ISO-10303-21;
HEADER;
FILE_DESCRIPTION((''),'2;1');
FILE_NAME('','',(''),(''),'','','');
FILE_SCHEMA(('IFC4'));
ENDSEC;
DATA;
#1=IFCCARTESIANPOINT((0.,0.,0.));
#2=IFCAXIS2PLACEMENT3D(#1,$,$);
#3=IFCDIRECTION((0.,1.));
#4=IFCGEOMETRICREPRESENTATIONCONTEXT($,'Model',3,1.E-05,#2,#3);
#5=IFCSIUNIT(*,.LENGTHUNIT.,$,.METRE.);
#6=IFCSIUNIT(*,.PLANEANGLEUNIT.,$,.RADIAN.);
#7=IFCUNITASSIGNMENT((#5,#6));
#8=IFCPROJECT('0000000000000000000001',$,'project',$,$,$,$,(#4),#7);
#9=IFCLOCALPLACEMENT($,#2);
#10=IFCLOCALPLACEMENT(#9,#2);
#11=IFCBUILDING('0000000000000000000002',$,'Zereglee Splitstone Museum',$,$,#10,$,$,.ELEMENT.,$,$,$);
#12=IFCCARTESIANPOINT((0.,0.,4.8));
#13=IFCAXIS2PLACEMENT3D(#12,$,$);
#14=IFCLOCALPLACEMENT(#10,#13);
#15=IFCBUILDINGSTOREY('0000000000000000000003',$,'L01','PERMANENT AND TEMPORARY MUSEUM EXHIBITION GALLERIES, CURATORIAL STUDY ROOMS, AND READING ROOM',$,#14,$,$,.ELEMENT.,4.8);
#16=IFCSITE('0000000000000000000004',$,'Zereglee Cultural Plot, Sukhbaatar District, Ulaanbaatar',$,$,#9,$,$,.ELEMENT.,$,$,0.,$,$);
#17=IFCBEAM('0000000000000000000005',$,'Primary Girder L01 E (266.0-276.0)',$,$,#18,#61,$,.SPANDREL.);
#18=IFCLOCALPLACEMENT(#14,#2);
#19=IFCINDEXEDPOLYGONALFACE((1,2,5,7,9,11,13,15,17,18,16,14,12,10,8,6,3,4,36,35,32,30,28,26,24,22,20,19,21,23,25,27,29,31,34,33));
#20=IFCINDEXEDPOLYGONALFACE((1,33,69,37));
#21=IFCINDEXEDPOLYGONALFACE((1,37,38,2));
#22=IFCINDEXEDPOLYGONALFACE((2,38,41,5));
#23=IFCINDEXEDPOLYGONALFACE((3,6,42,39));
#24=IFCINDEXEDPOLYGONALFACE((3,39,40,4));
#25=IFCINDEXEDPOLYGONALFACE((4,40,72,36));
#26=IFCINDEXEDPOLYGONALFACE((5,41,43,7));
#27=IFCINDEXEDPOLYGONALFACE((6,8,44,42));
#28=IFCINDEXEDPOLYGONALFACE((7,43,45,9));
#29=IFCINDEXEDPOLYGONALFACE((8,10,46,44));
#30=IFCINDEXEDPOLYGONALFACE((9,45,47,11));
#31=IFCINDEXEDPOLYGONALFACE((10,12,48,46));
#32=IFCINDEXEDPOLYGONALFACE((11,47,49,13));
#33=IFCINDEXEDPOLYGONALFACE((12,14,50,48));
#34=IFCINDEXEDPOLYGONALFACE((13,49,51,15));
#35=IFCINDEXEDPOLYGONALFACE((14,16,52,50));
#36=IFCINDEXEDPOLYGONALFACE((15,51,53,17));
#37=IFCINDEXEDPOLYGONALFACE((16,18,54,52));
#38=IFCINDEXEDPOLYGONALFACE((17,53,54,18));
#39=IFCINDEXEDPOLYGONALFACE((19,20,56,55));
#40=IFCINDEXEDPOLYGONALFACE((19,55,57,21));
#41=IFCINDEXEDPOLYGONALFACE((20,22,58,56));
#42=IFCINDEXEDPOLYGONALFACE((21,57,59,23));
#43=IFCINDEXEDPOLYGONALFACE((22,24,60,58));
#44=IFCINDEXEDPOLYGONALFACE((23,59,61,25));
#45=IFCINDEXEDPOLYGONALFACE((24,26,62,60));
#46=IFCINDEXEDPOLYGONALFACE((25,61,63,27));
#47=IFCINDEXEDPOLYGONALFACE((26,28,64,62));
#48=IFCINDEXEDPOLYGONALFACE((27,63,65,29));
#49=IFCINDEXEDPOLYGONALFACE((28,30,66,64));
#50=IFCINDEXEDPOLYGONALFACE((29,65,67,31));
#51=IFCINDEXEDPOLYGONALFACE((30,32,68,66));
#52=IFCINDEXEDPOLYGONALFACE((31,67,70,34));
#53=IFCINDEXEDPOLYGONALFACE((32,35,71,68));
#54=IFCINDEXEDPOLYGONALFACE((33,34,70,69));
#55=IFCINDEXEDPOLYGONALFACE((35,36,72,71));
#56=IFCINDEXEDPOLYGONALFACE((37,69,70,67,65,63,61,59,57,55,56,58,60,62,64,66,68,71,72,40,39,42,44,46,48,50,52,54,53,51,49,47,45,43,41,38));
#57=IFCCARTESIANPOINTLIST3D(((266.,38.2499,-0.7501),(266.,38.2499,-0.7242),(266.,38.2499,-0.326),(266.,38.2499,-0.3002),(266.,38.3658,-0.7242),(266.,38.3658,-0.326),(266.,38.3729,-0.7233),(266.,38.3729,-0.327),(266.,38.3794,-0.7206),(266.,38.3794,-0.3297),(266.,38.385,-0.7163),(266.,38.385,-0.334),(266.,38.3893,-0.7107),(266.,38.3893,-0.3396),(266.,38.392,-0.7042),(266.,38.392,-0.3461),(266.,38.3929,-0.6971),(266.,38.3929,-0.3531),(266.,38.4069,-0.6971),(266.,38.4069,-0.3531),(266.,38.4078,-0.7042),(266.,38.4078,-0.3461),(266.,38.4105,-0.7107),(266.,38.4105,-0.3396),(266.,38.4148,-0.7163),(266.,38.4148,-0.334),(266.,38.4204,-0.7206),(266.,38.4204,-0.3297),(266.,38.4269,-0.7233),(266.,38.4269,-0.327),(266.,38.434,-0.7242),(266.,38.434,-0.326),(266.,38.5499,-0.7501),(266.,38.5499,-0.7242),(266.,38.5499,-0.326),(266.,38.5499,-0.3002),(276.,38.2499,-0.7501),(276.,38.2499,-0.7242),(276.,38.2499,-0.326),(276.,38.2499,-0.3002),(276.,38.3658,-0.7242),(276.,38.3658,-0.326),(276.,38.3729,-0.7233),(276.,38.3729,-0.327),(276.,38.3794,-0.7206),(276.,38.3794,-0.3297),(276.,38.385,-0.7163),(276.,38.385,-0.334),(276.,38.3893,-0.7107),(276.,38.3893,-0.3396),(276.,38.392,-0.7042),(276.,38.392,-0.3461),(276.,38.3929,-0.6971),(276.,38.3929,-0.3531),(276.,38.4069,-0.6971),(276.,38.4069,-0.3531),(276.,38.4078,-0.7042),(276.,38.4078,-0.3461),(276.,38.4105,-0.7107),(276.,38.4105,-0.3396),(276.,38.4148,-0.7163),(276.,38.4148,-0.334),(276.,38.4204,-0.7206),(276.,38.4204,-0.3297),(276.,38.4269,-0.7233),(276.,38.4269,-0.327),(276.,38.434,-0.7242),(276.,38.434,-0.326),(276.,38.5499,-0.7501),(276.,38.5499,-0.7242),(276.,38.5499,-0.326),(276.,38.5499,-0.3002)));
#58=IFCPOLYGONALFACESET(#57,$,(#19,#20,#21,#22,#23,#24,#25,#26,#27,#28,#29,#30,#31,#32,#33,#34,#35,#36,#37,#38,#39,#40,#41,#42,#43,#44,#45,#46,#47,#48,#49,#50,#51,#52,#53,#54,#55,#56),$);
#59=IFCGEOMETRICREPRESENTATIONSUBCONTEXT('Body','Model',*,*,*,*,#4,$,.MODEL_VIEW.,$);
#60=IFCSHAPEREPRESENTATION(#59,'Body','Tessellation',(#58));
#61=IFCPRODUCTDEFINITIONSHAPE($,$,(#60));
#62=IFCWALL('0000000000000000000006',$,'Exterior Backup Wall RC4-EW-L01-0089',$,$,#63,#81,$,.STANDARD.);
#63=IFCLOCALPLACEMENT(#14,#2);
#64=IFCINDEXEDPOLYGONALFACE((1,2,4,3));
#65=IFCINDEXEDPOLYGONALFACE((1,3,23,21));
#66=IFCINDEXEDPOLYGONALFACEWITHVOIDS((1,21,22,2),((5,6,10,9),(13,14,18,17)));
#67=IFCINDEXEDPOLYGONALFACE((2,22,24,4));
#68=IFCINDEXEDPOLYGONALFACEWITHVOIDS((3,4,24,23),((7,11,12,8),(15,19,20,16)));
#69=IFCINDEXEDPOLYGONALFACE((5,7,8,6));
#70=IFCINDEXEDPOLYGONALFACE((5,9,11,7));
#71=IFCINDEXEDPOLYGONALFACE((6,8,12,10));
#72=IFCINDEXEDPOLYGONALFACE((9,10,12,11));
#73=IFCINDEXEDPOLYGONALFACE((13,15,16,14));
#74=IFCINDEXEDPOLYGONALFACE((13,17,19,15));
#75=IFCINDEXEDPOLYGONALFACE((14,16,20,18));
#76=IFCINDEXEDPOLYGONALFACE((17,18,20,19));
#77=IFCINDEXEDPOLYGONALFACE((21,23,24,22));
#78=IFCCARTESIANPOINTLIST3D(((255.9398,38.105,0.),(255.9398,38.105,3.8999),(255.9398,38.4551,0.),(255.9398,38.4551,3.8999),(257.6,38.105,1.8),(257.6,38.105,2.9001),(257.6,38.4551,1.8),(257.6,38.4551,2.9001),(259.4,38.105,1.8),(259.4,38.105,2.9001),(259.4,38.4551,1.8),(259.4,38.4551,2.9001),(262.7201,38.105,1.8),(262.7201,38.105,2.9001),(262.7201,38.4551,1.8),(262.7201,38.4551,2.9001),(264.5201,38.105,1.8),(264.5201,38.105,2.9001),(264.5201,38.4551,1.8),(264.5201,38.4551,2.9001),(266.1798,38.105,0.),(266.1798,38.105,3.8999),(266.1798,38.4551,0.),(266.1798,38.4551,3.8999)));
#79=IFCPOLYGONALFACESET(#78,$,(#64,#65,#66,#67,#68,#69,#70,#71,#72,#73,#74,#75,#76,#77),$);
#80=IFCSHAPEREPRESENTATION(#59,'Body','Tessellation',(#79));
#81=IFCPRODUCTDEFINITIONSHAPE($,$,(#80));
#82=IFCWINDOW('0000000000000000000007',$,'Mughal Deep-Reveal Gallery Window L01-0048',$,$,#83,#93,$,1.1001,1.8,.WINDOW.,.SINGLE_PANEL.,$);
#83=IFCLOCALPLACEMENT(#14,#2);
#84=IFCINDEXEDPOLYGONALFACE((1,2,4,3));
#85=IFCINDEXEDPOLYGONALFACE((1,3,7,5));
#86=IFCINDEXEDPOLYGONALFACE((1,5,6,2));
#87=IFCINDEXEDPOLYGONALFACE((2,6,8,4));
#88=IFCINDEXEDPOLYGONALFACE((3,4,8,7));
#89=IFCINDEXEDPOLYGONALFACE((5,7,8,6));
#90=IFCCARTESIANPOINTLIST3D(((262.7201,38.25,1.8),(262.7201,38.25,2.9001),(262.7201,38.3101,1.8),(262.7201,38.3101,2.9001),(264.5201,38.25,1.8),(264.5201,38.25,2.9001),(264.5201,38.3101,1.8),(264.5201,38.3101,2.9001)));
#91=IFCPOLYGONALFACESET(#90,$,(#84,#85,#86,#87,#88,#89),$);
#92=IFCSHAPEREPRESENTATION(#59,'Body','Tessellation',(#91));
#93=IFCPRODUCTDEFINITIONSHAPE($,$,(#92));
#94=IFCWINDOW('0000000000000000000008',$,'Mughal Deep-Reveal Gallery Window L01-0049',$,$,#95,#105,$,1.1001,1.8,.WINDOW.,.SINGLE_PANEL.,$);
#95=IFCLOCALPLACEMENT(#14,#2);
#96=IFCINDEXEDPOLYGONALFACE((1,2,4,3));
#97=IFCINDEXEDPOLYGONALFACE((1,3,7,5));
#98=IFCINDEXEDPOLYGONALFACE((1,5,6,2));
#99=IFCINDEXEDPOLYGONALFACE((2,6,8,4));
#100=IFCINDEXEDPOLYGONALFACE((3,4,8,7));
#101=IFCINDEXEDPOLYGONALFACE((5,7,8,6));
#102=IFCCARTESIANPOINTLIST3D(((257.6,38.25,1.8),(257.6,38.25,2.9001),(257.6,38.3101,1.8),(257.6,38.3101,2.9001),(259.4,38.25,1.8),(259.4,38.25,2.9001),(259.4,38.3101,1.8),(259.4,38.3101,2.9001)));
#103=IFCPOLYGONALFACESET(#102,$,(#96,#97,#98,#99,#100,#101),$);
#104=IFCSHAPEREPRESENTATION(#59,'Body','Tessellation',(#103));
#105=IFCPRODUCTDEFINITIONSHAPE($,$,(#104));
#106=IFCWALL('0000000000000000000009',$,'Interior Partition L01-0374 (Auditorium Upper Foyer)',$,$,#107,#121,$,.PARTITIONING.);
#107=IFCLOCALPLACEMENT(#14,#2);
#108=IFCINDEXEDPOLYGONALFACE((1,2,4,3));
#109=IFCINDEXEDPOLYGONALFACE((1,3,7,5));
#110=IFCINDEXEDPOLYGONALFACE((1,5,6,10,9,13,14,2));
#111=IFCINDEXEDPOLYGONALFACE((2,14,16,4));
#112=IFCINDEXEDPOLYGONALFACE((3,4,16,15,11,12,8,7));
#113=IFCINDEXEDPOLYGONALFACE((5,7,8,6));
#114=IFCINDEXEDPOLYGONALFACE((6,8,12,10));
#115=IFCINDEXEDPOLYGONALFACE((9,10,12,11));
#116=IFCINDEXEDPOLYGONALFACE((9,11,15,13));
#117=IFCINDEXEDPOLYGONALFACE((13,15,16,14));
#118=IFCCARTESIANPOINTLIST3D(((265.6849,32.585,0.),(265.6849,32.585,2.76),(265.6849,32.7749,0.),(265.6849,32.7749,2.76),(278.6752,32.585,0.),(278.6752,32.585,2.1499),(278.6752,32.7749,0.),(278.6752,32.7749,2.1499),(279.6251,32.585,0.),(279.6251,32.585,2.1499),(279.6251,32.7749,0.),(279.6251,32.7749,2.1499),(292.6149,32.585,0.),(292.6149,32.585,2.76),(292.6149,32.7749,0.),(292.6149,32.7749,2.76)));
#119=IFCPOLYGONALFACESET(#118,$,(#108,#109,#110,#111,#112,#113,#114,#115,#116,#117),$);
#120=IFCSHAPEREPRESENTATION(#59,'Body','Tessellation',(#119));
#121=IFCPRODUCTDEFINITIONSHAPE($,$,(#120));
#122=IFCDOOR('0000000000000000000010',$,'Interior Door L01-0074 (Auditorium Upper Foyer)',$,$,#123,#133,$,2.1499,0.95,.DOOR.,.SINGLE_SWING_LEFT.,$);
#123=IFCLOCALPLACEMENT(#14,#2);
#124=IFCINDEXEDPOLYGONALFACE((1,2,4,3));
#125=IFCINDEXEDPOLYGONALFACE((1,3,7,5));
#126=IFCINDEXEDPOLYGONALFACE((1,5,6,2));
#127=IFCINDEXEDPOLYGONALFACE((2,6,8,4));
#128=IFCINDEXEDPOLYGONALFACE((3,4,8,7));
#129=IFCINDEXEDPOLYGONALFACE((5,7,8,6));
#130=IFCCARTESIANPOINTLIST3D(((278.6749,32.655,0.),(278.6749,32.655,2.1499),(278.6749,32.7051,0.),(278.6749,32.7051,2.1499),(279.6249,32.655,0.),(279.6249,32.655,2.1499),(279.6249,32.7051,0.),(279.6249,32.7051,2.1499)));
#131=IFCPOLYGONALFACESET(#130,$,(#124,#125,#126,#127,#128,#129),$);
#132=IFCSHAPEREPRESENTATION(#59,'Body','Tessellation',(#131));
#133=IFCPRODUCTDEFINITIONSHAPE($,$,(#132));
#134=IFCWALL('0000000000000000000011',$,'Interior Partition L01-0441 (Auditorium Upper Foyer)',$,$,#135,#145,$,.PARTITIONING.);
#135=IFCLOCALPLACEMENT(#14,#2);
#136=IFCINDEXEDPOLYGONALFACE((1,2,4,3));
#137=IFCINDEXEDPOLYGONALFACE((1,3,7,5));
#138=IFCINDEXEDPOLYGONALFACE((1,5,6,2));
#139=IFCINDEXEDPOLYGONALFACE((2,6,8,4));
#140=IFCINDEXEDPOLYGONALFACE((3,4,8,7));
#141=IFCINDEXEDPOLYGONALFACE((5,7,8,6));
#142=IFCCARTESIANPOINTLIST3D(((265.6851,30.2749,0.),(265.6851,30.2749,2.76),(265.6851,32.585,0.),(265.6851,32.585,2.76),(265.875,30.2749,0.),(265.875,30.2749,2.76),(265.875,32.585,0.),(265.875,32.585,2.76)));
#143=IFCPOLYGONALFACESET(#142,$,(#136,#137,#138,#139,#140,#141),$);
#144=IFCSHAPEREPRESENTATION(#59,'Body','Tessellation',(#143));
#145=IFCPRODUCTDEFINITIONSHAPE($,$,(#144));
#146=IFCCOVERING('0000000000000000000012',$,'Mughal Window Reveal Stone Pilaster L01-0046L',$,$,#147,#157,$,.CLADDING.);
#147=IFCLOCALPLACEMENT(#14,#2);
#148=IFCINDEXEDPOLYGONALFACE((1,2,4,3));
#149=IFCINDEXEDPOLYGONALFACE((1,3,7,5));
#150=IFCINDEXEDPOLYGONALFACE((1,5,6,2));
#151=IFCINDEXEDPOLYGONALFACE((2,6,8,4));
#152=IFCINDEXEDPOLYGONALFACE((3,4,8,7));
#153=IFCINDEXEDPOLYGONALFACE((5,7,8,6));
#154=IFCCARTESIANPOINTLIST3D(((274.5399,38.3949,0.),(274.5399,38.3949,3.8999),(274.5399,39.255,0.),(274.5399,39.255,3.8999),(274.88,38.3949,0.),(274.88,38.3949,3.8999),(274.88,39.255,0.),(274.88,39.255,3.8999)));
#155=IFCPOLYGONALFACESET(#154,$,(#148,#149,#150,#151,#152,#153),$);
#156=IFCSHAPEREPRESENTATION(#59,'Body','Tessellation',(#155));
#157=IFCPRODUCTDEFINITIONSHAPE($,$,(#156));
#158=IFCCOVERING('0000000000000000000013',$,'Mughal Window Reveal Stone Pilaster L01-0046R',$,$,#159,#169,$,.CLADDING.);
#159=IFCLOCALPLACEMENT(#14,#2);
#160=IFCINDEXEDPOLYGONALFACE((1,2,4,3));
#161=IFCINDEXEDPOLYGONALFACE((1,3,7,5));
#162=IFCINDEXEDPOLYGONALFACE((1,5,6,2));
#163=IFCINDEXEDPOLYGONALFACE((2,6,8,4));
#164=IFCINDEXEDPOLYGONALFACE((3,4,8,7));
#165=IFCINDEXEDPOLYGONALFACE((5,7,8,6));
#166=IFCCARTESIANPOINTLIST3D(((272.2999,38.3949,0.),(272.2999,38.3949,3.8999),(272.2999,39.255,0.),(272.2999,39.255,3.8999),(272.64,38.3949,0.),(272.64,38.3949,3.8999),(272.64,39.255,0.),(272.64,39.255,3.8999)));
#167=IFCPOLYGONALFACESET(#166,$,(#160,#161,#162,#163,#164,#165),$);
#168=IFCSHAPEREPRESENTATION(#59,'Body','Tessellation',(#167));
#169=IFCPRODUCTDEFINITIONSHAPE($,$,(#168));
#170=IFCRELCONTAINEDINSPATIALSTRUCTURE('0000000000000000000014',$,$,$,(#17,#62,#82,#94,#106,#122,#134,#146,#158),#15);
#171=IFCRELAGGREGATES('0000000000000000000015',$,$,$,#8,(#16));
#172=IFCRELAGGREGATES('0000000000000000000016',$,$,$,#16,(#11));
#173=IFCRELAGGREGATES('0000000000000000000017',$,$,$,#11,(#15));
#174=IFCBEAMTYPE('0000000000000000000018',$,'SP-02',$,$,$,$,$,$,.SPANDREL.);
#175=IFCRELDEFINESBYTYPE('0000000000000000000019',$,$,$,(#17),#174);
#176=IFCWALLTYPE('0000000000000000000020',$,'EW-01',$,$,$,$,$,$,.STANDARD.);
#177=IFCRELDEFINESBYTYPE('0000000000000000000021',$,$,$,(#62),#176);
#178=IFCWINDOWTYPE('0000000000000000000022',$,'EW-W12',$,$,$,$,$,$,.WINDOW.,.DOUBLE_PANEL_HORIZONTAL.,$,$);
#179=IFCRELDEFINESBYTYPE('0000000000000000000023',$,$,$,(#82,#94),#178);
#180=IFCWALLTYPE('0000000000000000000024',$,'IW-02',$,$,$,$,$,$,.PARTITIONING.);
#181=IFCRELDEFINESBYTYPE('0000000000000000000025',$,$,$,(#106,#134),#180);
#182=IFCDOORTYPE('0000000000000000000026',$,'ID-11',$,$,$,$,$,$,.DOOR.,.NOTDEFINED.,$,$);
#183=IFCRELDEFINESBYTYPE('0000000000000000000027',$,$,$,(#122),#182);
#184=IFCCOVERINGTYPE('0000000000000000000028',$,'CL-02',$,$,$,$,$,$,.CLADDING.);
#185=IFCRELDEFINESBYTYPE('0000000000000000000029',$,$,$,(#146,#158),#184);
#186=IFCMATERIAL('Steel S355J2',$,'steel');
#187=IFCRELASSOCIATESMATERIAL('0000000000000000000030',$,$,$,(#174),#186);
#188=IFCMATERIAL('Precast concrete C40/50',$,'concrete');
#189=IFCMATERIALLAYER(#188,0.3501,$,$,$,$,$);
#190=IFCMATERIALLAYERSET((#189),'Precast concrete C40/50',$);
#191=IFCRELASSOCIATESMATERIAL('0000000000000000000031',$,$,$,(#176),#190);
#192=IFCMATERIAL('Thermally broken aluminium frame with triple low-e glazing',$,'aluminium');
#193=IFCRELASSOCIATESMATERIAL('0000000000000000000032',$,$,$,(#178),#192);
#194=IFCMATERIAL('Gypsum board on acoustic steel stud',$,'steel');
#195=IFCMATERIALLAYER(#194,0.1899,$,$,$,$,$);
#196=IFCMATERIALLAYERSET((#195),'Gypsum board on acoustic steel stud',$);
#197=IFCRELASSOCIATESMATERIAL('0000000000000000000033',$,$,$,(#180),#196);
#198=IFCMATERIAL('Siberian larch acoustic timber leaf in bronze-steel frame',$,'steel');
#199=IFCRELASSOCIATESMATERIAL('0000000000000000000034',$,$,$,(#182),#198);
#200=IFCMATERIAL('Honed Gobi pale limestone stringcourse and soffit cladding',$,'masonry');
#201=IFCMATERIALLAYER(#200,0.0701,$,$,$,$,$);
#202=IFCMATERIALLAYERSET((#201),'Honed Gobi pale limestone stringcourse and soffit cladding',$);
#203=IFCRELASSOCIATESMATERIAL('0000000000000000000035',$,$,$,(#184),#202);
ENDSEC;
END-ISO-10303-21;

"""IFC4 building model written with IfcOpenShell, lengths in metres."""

from ifc_helpers import new_model, si_unit, direction, frame, frame_2d, origin, origin_2d, place, context, subcontext, project, spatial, rectangle, i_section, extrude, material, layer, layer_set, material_profile, profile_set, type_object, element, fill, save


model = new_model("IFC4")

# Units and contexts
model_context = context("Model", 3, precision=1e-05, world=origin(), true_north=direction((0.0, 1.0)))
body_context = subcontext(model_context, "Body", "Model", "MODEL_VIEW")
ifc_project = project(units=[si_unit("LENGTHUNIT", "METRE"), si_unit("PLANEANGLEUNIT", "RADIAN")], contexts=[model_context])

# Site, building, storey
site_placement = place(None, origin())
site = spatial("IfcSite", under=ifc_project, at=site_placement, Name="Zereglee Cultural Plot, Sukhbaatar District, Ulaanbaatar", CompositionType="ELEMENT", RefElevation=0.0)
building_placement = place(site_placement, origin())
building = spatial("IfcBuilding", under=site, at=building_placement, Name="Zereglee Splitstone Museum", CompositionType="ELEMENT")
storey_placement = place(building_placement, frame((0.0, 0.0, 4.8)))
storey = spatial("IfcBuildingStorey", under=building, at=storey_placement, Name="L01", Description="PERMANENT AND TEMPORARY MUSEUM EXHIBITION GALLERIES, CURATORIAL STUDY ROOMS, AND READING ROOM", CompositionType="ELEMENT", Elevation=4.8)

# Shared definitions
ifc_material_1 = material(Name="Steel S355J2", Category="steel")

# Beam
ifc_material_profile_1 = material_profile(ifc_material_1, i_section(OverallWidth=0.3, OverallDepth=0.45, WebThickness=0.0139, FlangeThickness=0.0259, FilletRadius=0.0271, at=origin_2d()), Name="HE 450 B")
ifc_profile_set_1 = profile_set([ifc_material_profile_1], Name="Steel S355J2")
beam_type_1 = type_object("IfcBeamType", Name="SP-02", PredefinedType="SPANDREL", material=ifc_profile_set_1)
beam_1_placement = place(storey_placement, frame((266.0, 38.3999, -0.5251), z_axis=(1.0, 0.0, 0.0), x_axis=(0.0, 1.0, 0.0)))
element("IfcBeam", 1, at=beam_1_placement, inside=storey, type_object=beam_type_1, Name="Primary Girder L01 E (266.0-276.0)", PredefinedType="SPANDREL", context=body_context, shape_type="SweptSolid", body=[
    extrude(i_section(OverallWidth=0.3, OverallDepth=0.45, WebThickness=0.0139, FlangeThickness=0.0259, FilletRadius=0.0271, at=origin_2d()), origin(), (0.0, 0.0, 1.0), 10.0),
])

# Wall, openings, windows
ifc_material_2 = material(Name="Precast concrete C40/50", Category="concrete")
ifc_layer_1 = layer(ifc_material_2, 0.3501)
ifc_layer_set_1 = layer_set([ifc_layer_1], Name="Precast concrete C40/50")
wall_type_1 = type_object("IfcWallType", Name="EW-01", PredefinedType="STANDARD", material=ifc_layer_set_1)
wall_1_placement = place(storey_placement, frame((266.1799, 38.28, 0.0), z_axis=(0.0, 0.0, 1.0), x_axis=(-1.0, 0.0, 0.0)))
wall_1 = element("IfcWall", 2, at=wall_1_placement, inside=storey, type_object=wall_type_1, Name="Exterior Backup Wall RC4-EW-L01-0089", PredefinedType="STANDARD", context=body_context, shape_type="SweptSolid", body=[
    extrude(rectangle(XDim=10.24, YDim=0.3501, at=frame_2d((5.1201, 0.0))), origin(), (0.0, 0.0, 1.0), 3.8999),
])
opening_1_placement = place(wall_1_placement, frame((1.6599, 0.0, 1.8)))
opening_1 = element("IfcOpeningElement", 3, at=opening_1_placement, cuts=wall_1, PredefinedType="OPENING", context=body_context, shape_type="SweptSolid", body=[
    extrude(rectangle(XDim=1.8, YDim=1.1001, at=frame_2d((0.8999, 0.55))), frame((0.0, 0.1899, 0.0), z_axis=(0.0, -1.0, 0.0), x_axis=(1.0, 0.0, 0.0)), (0.0, 0.0, 1.0), 0.3799),
])
opening_2_placement = place(wall_1_placement, frame((6.78, 0.0, 1.8)))
opening_2 = element("IfcOpeningElement", 4, at=opening_2_placement, cuts=wall_1, PredefinedType="OPENING", context=body_context, shape_type="SweptSolid", body=[
    extrude(rectangle(XDim=1.8, YDim=1.1001, at=frame_2d((0.8999, 0.55))), frame((0.0, 0.1899, 0.0), z_axis=(0.0, -1.0, 0.0), x_axis=(1.0, 0.0, 0.0)), (0.0, 0.0, 1.0), 0.3799),
])
ifc_material_3 = material(Name="Thermally broken aluminium frame with triple low-e glazing", Category="aluminium")
window_type = type_object("IfcWindowType", Name="EW-W12", PartitioningType="DOUBLE_PANEL_HORIZONTAL", PredefinedType="WINDOW", material=ifc_material_3)
window_1_placement = place(opening_1_placement, origin())
window_1 = element("IfcWindow", 5, at=window_1_placement, inside=storey, type_object=window_type, Name="Mughal Deep-Reveal Gallery Window L01-0048", OverallHeight=1.1001, OverallWidth=1.8, PartitioningType="SINGLE_PANEL", PredefinedType="WINDOW", context=body_context, shape_type="SweptSolid", body=[
    extrude(rectangle(XDim=1.8, YDim=1.1001, at=frame_2d((0.8999, 0.55))), frame((0.0, 0.03, 0.0), z_axis=(0.0, -1.0, 0.0), x_axis=(1.0, 0.0, 0.0)), (0.0, 0.0, 1.0), 0.0601),
])
fill(opening_1, window_1)
window_2_placement = place(opening_2_placement, origin())
window_2 = element("IfcWindow", 6, at=window_2_placement, inside=storey, type_object=window_type, Name="Mughal Deep-Reveal Gallery Window L01-0049", OverallHeight=1.1001, OverallWidth=1.8, PartitioningType="SINGLE_PANEL", PredefinedType="WINDOW", context=body_context, shape_type="SweptSolid", body=[
    extrude(rectangle(XDim=1.8, YDim=1.1001, at=frame_2d((0.8999, 0.55))), frame((0.0, 0.03, 0.0), z_axis=(0.0, -1.0, 0.0), x_axis=(1.0, 0.0, 0.0)), (0.0, 0.0, 1.0), 0.0601),
])
fill(opening_2, window_2)

# Wall, opening, door
ifc_material_4 = material(Name="Gypsum board on acoustic steel stud", Category="steel")
ifc_layer_2 = layer(ifc_material_4, 0.1899)
ifc_layer_set_2 = layer_set([ifc_layer_2], Name="Gypsum board on acoustic steel stud")
wall_type_2 = type_object("IfcWallType", Name="IW-02", PredefinedType="PARTITIONING", material=ifc_layer_set_2)
wall_2_placement = place(storey_placement, frame((265.6851, 32.6799, 0.0), z_axis=(0.0, 0.0, 1.0), x_axis=(1.0, 0.0, 0.0)))
wall_2 = element("IfcWall", 7, at=wall_2_placement, inside=storey, type_object=wall_type_2, Name="Interior Partition L01-0374 (Auditorium Upper Foyer)", PredefinedType="PARTITIONING", context=body_context, shape_type="SweptSolid", body=[
    extrude(rectangle(XDim=26.9299, YDim=0.1899, at=frame_2d((13.4648, 0.0))), origin(), (0.0, 0.0, 1.0), 2.76),
])
opening_3_placement = place(wall_2_placement, frame((12.99, 0.0, 0.0)))
opening_3 = element("IfcOpeningElement", 8, at=opening_3_placement, cuts=wall_2, PredefinedType="OPENING", context=body_context, shape_type="SweptSolid", body=[
    extrude(rectangle(XDim=0.95, YDim=2.1499, at=frame_2d((0.4751, 1.075))), frame((0.0, 0.1099, 0.0), z_axis=(0.0, -1.0, 0.0), x_axis=(1.0, 0.0, 0.0)), (0.0, 0.0, 1.0), 0.2197),
])
ifc_material_5 = material(Name="Siberian larch acoustic timber leaf in bronze-steel frame", Category="steel")
door_type = type_object("IfcDoorType", Name="ID-11", OperationType="NOTDEFINED", PredefinedType="DOOR", material=ifc_material_5)
door_placement = place(opening_3_placement, frame((0.95, 0.0, 0.0), z_axis=(0.0, 0.0, 1.0), x_axis=(-1.0, 0.0, 0.0)))
door = element("IfcDoor", 9, at=door_placement, inside=storey, type_object=door_type, Name="Interior Door L01-0074 (Auditorium Upper Foyer)", OperationType="SINGLE_SWING_LEFT", OverallHeight=2.1499, OverallWidth=0.95, PredefinedType="DOOR", context=body_context, shape_type="SweptSolid", body=[
    extrude(rectangle(XDim=0.95, YDim=2.1499, at=frame_2d((0.4751, 1.075))), frame((0.0, 0.0249, 0.0), z_axis=(0.0, -1.0, 0.0), x_axis=(1.0, 0.0, 0.0)), (0.0, 0.0, 1.0), 0.05),
])
fill(opening_3, door)

# Wall
wall_3_placement = place(storey_placement, frame((265.78, 30.2749, 0.0), z_axis=(0.0, 0.0, 1.0), x_axis=(0.0, 1.0, 0.0)))
element("IfcWall", 10, at=wall_3_placement, inside=storey, type_object=wall_type_2, Name="Interior Partition L01-0441 (Auditorium Upper Foyer)", PredefinedType="PARTITIONING", context=body_context, shape_type="SweptSolid", body=[
    extrude(rectangle(XDim=2.3101, YDim=0.1899, at=frame_2d((1.155, 0.0))), origin(), (0.0, 0.0, 1.0), 2.76),
])

# Coverings
ifc_material_6 = material(Name="Honed Gobi pale limestone stringcourse and soffit cladding", Category="masonry")
ifc_layer_3 = layer(ifc_material_6, 0.0701)
ifc_layer_set_3 = layer_set([ifc_layer_3], Name="Honed Gobi pale limestone stringcourse and soffit cladding")
covering_type_1 = type_object("IfcCoveringType", Name="CL-02", PredefinedType="CLADDING", material=ifc_layer_set_3)
for number, where, z_axis, x_axis, name in (
    (11, (274.71, 38.825, 0.0), (0.0, 0.0, 1.0), (-1.0, 0.0, 0.0), "Mughal Window Reveal Stone Pilaster L01-0046L"),
    (12, (272.47, 38.825, 0.0), (0.0, 0.0, 1.0), (-1.0, 0.0, 0.0), "Mughal Window Reveal Stone Pilaster L01-0046R"),
):
    element("IfcCovering", number, at=place(storey_placement, frame(where, z_axis=z_axis, x_axis=x_axis)), inside=storey, type_object=covering_type_1, Name=name, PredefinedType="CLADDING", context=body_context, shape_type="SweptSolid", body=[
        extrude(rectangle(XDim=0.3401, YDim=0.8601, at=origin_2d()), origin(), (0.0, 0.0, 1.0), 3.8999),
    ])

save(model, "model.ifc")
